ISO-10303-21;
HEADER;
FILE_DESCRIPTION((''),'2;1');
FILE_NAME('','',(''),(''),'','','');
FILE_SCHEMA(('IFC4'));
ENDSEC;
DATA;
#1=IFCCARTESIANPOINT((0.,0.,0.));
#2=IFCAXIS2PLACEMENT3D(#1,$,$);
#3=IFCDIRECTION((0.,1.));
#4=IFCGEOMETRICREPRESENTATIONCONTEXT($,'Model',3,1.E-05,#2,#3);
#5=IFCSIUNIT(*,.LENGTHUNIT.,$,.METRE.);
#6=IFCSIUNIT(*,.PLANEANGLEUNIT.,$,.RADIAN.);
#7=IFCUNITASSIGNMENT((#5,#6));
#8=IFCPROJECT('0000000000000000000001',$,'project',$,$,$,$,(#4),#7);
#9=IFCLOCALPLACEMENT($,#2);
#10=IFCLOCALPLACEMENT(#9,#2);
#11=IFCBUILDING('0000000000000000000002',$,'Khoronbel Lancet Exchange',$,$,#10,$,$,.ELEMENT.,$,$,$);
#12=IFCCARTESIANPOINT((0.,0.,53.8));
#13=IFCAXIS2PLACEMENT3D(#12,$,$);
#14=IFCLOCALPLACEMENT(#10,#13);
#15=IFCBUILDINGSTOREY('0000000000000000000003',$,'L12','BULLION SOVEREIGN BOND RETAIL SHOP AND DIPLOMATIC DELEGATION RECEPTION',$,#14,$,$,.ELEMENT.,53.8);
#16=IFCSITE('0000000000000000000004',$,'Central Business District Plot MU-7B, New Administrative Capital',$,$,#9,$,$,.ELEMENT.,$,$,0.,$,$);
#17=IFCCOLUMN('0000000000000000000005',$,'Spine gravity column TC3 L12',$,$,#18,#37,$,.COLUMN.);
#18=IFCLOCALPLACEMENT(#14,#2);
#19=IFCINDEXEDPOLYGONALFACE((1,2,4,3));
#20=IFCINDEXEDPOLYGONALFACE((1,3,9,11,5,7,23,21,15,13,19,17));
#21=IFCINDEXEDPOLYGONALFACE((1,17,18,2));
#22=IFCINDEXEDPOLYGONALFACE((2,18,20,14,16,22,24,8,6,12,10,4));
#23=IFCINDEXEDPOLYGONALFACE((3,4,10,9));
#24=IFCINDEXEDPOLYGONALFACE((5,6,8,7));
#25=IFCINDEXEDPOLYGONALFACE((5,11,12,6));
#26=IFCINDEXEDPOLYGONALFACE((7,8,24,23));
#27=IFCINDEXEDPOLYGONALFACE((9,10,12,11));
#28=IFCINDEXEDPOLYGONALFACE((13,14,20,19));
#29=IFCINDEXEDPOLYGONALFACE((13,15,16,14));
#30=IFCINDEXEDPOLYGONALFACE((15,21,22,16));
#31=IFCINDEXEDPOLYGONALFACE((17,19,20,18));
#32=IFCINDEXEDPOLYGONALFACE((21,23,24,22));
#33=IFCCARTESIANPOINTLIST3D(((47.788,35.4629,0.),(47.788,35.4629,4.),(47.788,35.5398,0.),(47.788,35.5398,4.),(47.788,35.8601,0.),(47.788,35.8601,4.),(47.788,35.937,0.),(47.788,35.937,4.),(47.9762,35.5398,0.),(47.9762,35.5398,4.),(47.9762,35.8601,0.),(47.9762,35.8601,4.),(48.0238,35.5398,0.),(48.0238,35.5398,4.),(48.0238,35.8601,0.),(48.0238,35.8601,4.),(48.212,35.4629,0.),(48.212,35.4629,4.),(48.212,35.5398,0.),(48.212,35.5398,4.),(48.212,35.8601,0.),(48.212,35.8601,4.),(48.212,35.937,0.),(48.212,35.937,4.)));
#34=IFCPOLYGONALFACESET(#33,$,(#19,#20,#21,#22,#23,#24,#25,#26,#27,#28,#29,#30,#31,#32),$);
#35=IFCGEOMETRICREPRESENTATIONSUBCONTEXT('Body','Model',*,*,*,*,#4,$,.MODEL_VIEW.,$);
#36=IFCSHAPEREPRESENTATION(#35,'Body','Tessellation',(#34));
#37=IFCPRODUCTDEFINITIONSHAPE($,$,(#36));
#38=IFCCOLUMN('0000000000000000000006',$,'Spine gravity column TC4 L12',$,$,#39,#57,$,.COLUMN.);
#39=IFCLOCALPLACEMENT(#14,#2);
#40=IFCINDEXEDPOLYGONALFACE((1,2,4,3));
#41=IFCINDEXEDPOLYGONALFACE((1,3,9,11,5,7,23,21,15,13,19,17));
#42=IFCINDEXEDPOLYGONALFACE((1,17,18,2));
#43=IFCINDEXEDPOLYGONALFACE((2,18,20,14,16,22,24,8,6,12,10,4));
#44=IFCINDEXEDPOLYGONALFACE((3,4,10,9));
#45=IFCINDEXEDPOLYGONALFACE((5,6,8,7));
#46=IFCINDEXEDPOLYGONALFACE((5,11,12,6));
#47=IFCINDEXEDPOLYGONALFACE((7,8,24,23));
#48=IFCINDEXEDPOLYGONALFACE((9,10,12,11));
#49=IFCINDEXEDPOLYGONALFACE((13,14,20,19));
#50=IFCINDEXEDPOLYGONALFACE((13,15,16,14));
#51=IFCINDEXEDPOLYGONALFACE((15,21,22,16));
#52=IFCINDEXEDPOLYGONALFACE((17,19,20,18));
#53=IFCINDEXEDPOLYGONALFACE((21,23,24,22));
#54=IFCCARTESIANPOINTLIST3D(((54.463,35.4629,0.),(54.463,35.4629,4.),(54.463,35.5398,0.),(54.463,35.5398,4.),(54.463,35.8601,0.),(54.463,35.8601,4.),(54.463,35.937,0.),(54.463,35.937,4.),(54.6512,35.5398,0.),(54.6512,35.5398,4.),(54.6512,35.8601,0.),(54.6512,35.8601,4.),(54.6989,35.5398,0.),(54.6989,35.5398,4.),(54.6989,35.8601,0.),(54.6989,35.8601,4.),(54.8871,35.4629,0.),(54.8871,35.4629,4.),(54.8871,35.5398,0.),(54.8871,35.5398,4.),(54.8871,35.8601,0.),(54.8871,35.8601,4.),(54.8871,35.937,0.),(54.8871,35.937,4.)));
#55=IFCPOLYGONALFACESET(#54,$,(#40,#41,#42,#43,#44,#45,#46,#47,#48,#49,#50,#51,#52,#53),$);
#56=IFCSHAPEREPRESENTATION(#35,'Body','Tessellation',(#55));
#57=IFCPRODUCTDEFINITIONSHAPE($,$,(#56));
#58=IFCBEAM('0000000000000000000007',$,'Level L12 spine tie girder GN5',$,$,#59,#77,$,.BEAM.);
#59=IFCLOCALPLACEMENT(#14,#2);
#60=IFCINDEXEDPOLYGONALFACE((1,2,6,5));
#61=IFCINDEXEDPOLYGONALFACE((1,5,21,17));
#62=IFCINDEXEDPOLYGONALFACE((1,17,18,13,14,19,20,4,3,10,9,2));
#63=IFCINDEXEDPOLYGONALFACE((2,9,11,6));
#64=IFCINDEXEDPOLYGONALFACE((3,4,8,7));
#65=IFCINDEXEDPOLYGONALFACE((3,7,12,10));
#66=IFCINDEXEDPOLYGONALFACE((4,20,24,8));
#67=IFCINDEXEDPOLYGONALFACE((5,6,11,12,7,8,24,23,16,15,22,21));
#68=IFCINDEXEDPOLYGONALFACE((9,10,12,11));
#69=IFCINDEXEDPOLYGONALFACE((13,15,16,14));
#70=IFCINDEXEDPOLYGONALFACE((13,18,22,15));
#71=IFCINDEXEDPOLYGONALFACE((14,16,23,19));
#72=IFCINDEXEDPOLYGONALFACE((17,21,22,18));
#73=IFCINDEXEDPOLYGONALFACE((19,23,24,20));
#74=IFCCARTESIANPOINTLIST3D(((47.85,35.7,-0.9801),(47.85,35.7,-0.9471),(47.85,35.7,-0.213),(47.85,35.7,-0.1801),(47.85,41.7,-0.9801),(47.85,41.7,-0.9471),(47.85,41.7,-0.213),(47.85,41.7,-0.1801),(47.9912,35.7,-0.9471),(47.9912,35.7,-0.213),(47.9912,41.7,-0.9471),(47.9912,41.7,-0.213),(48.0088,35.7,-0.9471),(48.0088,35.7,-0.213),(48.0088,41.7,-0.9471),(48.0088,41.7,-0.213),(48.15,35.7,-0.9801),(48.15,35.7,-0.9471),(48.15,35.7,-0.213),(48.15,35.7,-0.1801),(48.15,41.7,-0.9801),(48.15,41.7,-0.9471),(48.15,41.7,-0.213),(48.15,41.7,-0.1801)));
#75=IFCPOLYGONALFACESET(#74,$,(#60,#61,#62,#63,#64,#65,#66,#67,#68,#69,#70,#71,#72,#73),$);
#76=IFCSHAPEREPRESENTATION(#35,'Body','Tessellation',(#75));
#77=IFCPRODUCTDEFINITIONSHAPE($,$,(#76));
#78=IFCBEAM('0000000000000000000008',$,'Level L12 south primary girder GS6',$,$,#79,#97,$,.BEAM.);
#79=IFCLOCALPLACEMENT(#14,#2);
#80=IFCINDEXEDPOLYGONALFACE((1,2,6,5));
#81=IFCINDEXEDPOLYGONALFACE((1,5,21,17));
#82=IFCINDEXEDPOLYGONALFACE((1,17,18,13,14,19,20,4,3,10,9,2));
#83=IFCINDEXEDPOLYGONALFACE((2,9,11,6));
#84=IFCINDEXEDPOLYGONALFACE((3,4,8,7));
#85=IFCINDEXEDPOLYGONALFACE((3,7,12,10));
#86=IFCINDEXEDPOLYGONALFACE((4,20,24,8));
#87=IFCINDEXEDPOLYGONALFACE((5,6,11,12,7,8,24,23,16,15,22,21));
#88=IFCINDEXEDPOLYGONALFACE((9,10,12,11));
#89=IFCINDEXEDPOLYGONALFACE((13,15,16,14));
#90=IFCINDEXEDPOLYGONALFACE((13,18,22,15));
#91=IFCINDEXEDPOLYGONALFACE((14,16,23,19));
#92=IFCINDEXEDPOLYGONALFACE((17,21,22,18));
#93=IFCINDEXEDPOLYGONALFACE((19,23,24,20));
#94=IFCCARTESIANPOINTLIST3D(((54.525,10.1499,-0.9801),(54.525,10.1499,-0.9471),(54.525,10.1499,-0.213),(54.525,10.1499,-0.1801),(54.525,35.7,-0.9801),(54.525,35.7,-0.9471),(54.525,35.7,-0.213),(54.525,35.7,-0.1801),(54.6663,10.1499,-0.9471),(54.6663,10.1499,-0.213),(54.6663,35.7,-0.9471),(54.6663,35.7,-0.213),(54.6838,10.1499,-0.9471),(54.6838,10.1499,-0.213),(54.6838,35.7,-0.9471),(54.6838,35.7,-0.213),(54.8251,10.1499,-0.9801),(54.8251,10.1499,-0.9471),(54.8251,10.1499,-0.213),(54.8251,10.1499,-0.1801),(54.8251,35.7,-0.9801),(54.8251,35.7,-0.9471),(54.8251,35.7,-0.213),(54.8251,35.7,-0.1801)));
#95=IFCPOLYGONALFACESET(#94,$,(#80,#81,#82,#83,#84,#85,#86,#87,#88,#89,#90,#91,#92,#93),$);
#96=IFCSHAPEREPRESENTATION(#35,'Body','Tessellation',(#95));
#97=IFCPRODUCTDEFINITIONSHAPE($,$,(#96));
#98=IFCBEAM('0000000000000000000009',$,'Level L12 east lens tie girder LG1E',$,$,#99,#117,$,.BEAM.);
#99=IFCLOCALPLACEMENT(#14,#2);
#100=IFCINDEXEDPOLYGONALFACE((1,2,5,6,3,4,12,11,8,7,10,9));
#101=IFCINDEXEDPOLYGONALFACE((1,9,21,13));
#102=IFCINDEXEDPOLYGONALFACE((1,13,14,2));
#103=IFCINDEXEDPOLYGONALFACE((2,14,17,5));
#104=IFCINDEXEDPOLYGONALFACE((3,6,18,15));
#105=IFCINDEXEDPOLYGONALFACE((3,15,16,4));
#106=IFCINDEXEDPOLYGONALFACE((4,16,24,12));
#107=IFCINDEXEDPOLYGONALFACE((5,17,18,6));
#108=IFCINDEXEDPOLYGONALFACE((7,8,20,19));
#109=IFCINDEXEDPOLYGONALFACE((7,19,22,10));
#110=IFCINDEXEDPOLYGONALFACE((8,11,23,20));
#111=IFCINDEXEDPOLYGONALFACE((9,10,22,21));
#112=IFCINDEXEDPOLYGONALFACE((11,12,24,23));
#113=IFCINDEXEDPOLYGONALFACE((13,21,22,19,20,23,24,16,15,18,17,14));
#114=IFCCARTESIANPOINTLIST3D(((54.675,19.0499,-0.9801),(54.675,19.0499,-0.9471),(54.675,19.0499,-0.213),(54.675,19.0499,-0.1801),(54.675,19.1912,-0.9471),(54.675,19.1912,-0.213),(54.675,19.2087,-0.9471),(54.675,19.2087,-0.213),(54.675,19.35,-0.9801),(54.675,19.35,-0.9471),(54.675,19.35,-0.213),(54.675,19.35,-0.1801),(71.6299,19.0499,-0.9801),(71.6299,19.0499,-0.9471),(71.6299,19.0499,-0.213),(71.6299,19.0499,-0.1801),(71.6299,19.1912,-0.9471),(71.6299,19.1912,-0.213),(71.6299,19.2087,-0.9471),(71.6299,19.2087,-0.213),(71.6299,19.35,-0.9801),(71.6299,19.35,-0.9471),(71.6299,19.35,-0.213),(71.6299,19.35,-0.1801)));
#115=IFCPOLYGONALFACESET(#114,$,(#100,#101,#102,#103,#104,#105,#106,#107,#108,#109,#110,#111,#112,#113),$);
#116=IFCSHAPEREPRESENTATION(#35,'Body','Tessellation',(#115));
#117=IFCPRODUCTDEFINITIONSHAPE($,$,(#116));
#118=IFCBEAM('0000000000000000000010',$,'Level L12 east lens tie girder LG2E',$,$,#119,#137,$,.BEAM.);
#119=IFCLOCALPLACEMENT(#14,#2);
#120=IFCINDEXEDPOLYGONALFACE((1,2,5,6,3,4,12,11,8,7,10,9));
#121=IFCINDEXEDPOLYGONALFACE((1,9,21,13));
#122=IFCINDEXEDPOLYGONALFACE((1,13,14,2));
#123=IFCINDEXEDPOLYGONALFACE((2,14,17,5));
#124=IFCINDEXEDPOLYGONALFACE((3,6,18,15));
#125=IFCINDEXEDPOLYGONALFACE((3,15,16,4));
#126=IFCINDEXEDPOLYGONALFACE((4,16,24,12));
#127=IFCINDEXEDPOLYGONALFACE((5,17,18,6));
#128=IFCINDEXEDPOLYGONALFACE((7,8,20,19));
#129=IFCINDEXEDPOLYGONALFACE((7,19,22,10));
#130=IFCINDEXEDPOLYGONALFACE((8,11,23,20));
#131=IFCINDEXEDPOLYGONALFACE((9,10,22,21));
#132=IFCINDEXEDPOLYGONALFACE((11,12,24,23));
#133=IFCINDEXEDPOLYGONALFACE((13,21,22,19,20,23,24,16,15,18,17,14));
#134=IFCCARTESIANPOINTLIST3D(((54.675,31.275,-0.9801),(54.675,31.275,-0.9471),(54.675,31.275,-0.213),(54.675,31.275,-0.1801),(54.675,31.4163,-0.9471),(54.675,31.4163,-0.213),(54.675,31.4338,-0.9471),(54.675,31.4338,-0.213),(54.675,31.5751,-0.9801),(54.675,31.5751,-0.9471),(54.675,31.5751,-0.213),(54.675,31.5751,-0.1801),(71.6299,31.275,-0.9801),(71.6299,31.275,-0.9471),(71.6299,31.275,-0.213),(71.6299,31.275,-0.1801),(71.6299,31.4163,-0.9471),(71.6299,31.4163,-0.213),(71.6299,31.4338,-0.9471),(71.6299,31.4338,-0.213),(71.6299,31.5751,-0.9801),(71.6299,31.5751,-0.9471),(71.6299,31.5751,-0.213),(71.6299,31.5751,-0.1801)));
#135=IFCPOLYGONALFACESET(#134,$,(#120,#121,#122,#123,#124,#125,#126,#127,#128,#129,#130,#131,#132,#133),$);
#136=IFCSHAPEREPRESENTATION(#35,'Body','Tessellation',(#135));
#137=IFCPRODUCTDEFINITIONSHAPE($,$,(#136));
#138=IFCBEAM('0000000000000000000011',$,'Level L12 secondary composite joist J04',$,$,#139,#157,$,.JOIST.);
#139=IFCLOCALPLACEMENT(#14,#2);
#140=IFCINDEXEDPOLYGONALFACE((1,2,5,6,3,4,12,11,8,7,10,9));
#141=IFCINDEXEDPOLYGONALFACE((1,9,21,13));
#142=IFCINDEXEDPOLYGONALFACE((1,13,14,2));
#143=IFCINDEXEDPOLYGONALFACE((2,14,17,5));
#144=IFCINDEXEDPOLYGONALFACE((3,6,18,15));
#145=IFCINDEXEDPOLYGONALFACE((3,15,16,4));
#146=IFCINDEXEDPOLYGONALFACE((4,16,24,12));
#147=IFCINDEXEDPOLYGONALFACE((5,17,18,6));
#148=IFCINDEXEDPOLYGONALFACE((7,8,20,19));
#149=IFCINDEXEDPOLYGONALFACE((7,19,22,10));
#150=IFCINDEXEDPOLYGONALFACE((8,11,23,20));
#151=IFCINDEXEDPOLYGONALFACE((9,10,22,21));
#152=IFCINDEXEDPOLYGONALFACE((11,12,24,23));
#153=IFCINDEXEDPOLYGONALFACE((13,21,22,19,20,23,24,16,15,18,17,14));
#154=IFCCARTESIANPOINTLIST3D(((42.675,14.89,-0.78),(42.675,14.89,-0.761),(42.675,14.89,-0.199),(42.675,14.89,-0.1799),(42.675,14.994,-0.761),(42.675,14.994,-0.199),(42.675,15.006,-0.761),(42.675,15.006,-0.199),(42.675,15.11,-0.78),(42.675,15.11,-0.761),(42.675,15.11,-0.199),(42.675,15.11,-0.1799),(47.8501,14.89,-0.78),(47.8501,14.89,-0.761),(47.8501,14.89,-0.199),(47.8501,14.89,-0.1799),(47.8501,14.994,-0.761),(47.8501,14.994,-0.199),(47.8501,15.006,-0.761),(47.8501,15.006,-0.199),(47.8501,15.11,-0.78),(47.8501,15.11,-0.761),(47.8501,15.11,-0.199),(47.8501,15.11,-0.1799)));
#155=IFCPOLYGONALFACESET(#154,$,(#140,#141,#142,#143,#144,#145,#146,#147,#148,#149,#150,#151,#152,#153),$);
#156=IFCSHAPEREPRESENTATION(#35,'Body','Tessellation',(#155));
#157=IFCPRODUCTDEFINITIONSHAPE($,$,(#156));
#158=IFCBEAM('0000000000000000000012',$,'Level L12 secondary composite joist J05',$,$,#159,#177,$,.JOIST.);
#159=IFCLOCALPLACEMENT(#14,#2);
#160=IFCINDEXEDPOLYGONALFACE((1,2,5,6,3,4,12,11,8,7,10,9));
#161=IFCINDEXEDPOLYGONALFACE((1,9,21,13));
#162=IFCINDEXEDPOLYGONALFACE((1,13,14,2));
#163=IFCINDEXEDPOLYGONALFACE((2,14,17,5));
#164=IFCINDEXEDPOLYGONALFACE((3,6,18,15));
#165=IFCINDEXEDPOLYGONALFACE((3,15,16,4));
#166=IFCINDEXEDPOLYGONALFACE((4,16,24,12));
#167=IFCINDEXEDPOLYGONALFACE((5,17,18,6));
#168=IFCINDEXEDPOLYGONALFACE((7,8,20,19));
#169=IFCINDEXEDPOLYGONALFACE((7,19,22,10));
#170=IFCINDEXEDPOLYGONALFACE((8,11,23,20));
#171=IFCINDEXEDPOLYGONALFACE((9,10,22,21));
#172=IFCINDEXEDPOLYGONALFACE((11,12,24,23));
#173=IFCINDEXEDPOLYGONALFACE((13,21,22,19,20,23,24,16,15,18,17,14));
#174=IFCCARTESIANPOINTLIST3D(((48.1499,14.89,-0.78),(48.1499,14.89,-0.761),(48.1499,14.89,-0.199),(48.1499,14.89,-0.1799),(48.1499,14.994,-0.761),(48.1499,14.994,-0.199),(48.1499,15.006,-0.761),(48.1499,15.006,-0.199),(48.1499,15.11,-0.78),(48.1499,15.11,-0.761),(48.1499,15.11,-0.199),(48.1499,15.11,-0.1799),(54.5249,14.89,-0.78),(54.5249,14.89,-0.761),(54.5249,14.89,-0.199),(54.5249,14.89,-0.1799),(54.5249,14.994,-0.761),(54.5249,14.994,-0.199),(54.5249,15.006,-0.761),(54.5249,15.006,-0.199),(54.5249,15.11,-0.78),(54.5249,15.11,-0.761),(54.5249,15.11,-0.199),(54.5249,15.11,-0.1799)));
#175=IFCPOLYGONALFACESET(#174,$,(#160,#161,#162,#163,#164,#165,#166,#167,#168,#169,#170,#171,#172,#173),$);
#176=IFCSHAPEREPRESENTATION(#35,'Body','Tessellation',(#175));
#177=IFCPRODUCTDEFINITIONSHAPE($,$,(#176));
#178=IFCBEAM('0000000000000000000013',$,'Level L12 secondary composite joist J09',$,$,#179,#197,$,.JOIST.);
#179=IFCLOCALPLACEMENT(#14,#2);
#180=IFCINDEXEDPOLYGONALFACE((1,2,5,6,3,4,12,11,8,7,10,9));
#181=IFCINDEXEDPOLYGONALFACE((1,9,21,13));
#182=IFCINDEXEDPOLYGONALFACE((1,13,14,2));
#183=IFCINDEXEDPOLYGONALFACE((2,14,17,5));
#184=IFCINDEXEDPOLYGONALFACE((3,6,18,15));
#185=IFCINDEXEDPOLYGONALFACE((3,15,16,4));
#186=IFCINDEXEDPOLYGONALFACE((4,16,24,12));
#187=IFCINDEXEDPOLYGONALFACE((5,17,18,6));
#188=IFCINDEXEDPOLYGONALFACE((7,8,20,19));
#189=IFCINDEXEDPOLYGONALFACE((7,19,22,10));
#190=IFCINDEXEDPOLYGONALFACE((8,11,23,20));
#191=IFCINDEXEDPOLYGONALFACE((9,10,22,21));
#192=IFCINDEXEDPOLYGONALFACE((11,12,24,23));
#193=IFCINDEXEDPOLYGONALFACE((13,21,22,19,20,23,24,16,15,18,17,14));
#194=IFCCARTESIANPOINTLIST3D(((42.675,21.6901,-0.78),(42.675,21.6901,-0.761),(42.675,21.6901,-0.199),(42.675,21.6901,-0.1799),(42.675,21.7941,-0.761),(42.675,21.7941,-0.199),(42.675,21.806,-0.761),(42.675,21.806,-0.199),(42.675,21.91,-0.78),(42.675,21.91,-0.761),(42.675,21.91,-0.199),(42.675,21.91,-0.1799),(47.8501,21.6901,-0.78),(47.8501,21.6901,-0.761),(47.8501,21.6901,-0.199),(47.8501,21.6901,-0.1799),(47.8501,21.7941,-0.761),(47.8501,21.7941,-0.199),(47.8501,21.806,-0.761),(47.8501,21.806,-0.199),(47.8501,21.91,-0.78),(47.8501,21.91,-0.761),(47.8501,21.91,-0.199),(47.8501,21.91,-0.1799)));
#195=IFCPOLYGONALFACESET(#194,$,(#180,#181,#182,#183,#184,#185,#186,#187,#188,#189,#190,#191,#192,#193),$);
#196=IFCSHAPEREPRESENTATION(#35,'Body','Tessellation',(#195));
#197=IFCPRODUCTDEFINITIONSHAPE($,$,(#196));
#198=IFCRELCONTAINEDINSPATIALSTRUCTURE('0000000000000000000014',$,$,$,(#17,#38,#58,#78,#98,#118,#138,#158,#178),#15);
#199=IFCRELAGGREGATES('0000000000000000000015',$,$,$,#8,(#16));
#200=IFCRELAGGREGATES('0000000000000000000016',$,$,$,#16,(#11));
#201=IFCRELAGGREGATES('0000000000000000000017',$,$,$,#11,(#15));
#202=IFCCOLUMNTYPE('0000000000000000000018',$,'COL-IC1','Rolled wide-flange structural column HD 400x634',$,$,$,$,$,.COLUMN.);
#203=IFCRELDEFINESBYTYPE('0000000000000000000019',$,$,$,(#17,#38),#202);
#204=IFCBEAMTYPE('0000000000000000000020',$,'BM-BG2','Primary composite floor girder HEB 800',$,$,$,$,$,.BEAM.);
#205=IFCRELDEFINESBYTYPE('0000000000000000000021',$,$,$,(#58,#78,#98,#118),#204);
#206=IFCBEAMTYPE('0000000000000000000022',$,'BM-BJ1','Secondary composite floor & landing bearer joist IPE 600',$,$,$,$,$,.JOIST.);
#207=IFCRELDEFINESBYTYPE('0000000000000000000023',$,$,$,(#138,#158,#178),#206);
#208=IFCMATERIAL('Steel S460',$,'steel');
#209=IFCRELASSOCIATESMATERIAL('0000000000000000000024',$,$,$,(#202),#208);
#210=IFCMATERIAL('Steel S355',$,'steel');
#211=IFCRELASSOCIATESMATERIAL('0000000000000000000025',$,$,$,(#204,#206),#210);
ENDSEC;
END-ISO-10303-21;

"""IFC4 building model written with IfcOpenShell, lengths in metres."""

from ifc_helpers import new_model, si_unit, direction, frame, origin, origin_2d, place, context, subcontext, project, spatial, i_section, extrude, material, material_profile, profile_set, type_object, element, save


model = new_model("IFC4")

# Units and contexts
model_context = context("Model", 3, precision=1e-05, world=origin(), true_north=direction((0.0, 1.0)))
body_context = subcontext(model_context, "Body", "Model", "MODEL_VIEW")
ifc_project = project(units=[si_unit("LENGTHUNIT", "METRE"), si_unit("PLANEANGLEUNIT", "RADIAN")], contexts=[model_context])

# Site, building, storey
site_placement = place(None, origin())
site = spatial("IfcSite", under=ifc_project, at=site_placement, Name="Central Business District Plot MU-7B, New Administrative Capital", CompositionType="ELEMENT", RefElevation=0.0)
building_placement = place(site_placement, origin())
building = spatial("IfcBuilding", under=site, at=building_placement, Name="Khoronbel Lancet Exchange", CompositionType="ELEMENT")
storey_placement = place(building_placement, frame((0.0, 0.0, 53.8)))
storey = spatial("IfcBuildingStorey", under=building, at=storey_placement, Name="L12", Description="BULLION SOVEREIGN BOND RETAIL SHOP AND DIPLOMATIC DELEGATION RECEPTION", CompositionType="ELEMENT", Elevation=53.8)

# Columns
ifc_material_1 = material(Name="Steel S460", Category="steel")
ifc_material_profile_1 = material_profile(ifc_material_1, i_section(OverallWidth=0.4241, OverallDepth=0.4741, WebThickness=0.0476, FlangeThickness=0.0769, at=origin_2d()), Name="HD 400x634")
ifc_profile_set_1 = profile_set([ifc_material_profile_1], Name="Steel S460")
column_type = type_object("IfcColumnType", Name="COL-IC1", Description="Rolled wide-flange structural column HD 400x634", PredefinedType="COLUMN", material=ifc_profile_set_1)
for number, where, z_axis, x_axis, name in (
    (1, (48.0, 35.7, 0.0), (0.0, 0.0, 1.0), (1.0, 0.0, 0.0), "Spine gravity column TC3 L12"),
    (2, (54.675, 35.7, 0.0), (0.0, 0.0, 1.0), (1.0, 0.0, 0.0), "Spine gravity column TC4 L12"),
):
    element("IfcColumn", number, at=place(storey_placement, frame(where, z_axis=z_axis, x_axis=x_axis)), inside=storey, type_object=column_type, Name=name, PredefinedType="COLUMN", context=body_context, shape_type="SweptSolid", body=[
        extrude(i_section(OverallWidth=0.4241, OverallDepth=0.4741, WebThickness=0.0476, FlangeThickness=0.0769, at=origin_2d()), origin(), (0.0, 0.0, 1.0), 4.0),
    ])

# Beams
ifc_material_2 = material(Name="Steel S355", Category="steel")
ifc_material_profile_2 = material_profile(ifc_material_2, i_section(OverallWidth=0.3, OverallDepth=0.8, WebThickness=0.0176, FlangeThickness=0.033, at=origin_2d()), Name="HEB 800")
ifc_profile_set_2 = profile_set([ifc_material_profile_2], Name="Steel S355")
beam_type_1 = type_object("IfcBeamType", Name="BM-BG2", Description="Primary composite floor girder HEB 800", PredefinedType="BEAM", material=ifc_profile_set_2)
beam_1_placement = place(storey_placement, frame((48.0, 35.7, -0.5801), z_axis=(0.0, 1.0, 0.0), x_axis=(-1.0, 0.0, 0.0)))
element("IfcBeam", 3, at=beam_1_placement, inside=storey, type_object=beam_type_1, Name="Level L12 spine tie girder GN5", PredefinedType="BEAM", context=body_context, shape_type="SweptSolid", body=[
    extrude(i_section(OverallWidth=0.3, OverallDepth=0.8, WebThickness=0.0176, FlangeThickness=0.033, at=origin_2d()), origin(), (0.0, 0.0, 1.0), 6.0),
])
beam_2_placement = place(storey_placement, frame((54.675, 10.1499, -0.5801), z_axis=(0.0, 1.0, 0.0), x_axis=(-1.0, 0.0, 0.0)))
element("IfcBeam", 4, at=beam_2_placement, inside=storey, type_object=beam_type_1, Name="Level L12 south primary girder GS6", PredefinedType="BEAM", context=body_context, shape_type="SweptSolid", body=[
    extrude(i_section(OverallWidth=0.3, OverallDepth=0.8, WebThickness=0.0176, FlangeThickness=0.033, at=origin_2d()), origin(), (0.0, 0.0, 1.0), 25.55),
])
for number, where, z_axis, x_axis, name in (
    (5, (54.675, 19.2, -0.5801), (1.0, 0.0, 0.0), (0.0, 1.0, 0.0), "Level L12 east lens tie girder LG1E"),
    (6, (54.675, 31.425, -0.5801), (1.0, 0.0, 0.0), (0.0, 1.0, 0.0), "Level L12 east lens tie girder LG2E"),
):
    element("IfcBeam", number, at=place(storey_placement, frame(where, z_axis=z_axis, x_axis=x_axis)), inside=storey, type_object=beam_type_1, Name=name, PredefinedType="BEAM", context=body_context, shape_type="SweptSolid", body=[
        extrude(i_section(OverallWidth=0.3, OverallDepth=0.8, WebThickness=0.0176, FlangeThickness=0.033, at=origin_2d()), origin(), (0.0, 0.0, 1.0), 16.9548),
    ])
ifc_material_profile_3 = material_profile(ifc_material_2, i_section(OverallWidth=0.22, OverallDepth=0.6001, WebThickness=0.012, FlangeThickness=0.019, at=origin_2d()), Name="IPE 600")
ifc_profile_set_3 = profile_set([ifc_material_profile_3], Name="Steel S355")
beam_type_2 = type_object("IfcBeamType", Name="BM-BJ1", Description="Secondary composite floor & landing bearer joist IPE 600", PredefinedType="JOIST", material=ifc_profile_set_3)
beam_3_placement = place(storey_placement, frame((42.675, 15.0, -0.48), z_axis=(1.0, 0.0, 0.0), x_axis=(0.0, 1.0, 0.0)))
element("IfcBeam", 7, at=beam_3_placement, inside=storey, type_object=beam_type_2, Name="Level L12 secondary composite joist J04", PredefinedType="JOIST", context=body_context, shape_type="SweptSolid", body=[
    extrude(i_section(OverallWidth=0.22, OverallDepth=0.6001, WebThickness=0.012, FlangeThickness=0.019, at=origin_2d()), origin(), (0.0, 0.0, 1.0), 5.175),
])
beam_4_placement = place(storey_placement, frame((48.1499, 15.0, -0.48), z_axis=(1.0, 0.0, 0.0), x_axis=(0.0, 1.0, 0.0)))
element("IfcBeam", 8, at=beam_4_placement, inside=storey, type_object=beam_type_2, Name="Level L12 secondary composite joist J05", PredefinedType="JOIST", context=body_context, shape_type="SweptSolid", body=[
    extrude(i_section(OverallWidth=0.22, OverallDepth=0.6001, WebThickness=0.012, FlangeThickness=0.019, at=origin_2d()), origin(), (0.0, 0.0, 1.0), 6.375),
])
beam_5_placement = place(storey_placement, frame((42.675, 21.8, -0.48), z_axis=(1.0, 0.0, 0.0), x_axis=(0.0, 1.0, 0.0)))
element("IfcBeam", 9, at=beam_5_placement, inside=storey, type_object=beam_type_2, Name="Level L12 secondary composite joist J09", PredefinedType="JOIST", context=body_context, shape_type="SweptSolid", body=[
    extrude(i_section(OverallWidth=0.22, OverallDepth=0.6001, WebThickness=0.012, FlangeThickness=0.019, at=origin_2d()), origin(), (0.0, 0.0, 1.0), 5.175),
])

save(model, "model.ifc")
